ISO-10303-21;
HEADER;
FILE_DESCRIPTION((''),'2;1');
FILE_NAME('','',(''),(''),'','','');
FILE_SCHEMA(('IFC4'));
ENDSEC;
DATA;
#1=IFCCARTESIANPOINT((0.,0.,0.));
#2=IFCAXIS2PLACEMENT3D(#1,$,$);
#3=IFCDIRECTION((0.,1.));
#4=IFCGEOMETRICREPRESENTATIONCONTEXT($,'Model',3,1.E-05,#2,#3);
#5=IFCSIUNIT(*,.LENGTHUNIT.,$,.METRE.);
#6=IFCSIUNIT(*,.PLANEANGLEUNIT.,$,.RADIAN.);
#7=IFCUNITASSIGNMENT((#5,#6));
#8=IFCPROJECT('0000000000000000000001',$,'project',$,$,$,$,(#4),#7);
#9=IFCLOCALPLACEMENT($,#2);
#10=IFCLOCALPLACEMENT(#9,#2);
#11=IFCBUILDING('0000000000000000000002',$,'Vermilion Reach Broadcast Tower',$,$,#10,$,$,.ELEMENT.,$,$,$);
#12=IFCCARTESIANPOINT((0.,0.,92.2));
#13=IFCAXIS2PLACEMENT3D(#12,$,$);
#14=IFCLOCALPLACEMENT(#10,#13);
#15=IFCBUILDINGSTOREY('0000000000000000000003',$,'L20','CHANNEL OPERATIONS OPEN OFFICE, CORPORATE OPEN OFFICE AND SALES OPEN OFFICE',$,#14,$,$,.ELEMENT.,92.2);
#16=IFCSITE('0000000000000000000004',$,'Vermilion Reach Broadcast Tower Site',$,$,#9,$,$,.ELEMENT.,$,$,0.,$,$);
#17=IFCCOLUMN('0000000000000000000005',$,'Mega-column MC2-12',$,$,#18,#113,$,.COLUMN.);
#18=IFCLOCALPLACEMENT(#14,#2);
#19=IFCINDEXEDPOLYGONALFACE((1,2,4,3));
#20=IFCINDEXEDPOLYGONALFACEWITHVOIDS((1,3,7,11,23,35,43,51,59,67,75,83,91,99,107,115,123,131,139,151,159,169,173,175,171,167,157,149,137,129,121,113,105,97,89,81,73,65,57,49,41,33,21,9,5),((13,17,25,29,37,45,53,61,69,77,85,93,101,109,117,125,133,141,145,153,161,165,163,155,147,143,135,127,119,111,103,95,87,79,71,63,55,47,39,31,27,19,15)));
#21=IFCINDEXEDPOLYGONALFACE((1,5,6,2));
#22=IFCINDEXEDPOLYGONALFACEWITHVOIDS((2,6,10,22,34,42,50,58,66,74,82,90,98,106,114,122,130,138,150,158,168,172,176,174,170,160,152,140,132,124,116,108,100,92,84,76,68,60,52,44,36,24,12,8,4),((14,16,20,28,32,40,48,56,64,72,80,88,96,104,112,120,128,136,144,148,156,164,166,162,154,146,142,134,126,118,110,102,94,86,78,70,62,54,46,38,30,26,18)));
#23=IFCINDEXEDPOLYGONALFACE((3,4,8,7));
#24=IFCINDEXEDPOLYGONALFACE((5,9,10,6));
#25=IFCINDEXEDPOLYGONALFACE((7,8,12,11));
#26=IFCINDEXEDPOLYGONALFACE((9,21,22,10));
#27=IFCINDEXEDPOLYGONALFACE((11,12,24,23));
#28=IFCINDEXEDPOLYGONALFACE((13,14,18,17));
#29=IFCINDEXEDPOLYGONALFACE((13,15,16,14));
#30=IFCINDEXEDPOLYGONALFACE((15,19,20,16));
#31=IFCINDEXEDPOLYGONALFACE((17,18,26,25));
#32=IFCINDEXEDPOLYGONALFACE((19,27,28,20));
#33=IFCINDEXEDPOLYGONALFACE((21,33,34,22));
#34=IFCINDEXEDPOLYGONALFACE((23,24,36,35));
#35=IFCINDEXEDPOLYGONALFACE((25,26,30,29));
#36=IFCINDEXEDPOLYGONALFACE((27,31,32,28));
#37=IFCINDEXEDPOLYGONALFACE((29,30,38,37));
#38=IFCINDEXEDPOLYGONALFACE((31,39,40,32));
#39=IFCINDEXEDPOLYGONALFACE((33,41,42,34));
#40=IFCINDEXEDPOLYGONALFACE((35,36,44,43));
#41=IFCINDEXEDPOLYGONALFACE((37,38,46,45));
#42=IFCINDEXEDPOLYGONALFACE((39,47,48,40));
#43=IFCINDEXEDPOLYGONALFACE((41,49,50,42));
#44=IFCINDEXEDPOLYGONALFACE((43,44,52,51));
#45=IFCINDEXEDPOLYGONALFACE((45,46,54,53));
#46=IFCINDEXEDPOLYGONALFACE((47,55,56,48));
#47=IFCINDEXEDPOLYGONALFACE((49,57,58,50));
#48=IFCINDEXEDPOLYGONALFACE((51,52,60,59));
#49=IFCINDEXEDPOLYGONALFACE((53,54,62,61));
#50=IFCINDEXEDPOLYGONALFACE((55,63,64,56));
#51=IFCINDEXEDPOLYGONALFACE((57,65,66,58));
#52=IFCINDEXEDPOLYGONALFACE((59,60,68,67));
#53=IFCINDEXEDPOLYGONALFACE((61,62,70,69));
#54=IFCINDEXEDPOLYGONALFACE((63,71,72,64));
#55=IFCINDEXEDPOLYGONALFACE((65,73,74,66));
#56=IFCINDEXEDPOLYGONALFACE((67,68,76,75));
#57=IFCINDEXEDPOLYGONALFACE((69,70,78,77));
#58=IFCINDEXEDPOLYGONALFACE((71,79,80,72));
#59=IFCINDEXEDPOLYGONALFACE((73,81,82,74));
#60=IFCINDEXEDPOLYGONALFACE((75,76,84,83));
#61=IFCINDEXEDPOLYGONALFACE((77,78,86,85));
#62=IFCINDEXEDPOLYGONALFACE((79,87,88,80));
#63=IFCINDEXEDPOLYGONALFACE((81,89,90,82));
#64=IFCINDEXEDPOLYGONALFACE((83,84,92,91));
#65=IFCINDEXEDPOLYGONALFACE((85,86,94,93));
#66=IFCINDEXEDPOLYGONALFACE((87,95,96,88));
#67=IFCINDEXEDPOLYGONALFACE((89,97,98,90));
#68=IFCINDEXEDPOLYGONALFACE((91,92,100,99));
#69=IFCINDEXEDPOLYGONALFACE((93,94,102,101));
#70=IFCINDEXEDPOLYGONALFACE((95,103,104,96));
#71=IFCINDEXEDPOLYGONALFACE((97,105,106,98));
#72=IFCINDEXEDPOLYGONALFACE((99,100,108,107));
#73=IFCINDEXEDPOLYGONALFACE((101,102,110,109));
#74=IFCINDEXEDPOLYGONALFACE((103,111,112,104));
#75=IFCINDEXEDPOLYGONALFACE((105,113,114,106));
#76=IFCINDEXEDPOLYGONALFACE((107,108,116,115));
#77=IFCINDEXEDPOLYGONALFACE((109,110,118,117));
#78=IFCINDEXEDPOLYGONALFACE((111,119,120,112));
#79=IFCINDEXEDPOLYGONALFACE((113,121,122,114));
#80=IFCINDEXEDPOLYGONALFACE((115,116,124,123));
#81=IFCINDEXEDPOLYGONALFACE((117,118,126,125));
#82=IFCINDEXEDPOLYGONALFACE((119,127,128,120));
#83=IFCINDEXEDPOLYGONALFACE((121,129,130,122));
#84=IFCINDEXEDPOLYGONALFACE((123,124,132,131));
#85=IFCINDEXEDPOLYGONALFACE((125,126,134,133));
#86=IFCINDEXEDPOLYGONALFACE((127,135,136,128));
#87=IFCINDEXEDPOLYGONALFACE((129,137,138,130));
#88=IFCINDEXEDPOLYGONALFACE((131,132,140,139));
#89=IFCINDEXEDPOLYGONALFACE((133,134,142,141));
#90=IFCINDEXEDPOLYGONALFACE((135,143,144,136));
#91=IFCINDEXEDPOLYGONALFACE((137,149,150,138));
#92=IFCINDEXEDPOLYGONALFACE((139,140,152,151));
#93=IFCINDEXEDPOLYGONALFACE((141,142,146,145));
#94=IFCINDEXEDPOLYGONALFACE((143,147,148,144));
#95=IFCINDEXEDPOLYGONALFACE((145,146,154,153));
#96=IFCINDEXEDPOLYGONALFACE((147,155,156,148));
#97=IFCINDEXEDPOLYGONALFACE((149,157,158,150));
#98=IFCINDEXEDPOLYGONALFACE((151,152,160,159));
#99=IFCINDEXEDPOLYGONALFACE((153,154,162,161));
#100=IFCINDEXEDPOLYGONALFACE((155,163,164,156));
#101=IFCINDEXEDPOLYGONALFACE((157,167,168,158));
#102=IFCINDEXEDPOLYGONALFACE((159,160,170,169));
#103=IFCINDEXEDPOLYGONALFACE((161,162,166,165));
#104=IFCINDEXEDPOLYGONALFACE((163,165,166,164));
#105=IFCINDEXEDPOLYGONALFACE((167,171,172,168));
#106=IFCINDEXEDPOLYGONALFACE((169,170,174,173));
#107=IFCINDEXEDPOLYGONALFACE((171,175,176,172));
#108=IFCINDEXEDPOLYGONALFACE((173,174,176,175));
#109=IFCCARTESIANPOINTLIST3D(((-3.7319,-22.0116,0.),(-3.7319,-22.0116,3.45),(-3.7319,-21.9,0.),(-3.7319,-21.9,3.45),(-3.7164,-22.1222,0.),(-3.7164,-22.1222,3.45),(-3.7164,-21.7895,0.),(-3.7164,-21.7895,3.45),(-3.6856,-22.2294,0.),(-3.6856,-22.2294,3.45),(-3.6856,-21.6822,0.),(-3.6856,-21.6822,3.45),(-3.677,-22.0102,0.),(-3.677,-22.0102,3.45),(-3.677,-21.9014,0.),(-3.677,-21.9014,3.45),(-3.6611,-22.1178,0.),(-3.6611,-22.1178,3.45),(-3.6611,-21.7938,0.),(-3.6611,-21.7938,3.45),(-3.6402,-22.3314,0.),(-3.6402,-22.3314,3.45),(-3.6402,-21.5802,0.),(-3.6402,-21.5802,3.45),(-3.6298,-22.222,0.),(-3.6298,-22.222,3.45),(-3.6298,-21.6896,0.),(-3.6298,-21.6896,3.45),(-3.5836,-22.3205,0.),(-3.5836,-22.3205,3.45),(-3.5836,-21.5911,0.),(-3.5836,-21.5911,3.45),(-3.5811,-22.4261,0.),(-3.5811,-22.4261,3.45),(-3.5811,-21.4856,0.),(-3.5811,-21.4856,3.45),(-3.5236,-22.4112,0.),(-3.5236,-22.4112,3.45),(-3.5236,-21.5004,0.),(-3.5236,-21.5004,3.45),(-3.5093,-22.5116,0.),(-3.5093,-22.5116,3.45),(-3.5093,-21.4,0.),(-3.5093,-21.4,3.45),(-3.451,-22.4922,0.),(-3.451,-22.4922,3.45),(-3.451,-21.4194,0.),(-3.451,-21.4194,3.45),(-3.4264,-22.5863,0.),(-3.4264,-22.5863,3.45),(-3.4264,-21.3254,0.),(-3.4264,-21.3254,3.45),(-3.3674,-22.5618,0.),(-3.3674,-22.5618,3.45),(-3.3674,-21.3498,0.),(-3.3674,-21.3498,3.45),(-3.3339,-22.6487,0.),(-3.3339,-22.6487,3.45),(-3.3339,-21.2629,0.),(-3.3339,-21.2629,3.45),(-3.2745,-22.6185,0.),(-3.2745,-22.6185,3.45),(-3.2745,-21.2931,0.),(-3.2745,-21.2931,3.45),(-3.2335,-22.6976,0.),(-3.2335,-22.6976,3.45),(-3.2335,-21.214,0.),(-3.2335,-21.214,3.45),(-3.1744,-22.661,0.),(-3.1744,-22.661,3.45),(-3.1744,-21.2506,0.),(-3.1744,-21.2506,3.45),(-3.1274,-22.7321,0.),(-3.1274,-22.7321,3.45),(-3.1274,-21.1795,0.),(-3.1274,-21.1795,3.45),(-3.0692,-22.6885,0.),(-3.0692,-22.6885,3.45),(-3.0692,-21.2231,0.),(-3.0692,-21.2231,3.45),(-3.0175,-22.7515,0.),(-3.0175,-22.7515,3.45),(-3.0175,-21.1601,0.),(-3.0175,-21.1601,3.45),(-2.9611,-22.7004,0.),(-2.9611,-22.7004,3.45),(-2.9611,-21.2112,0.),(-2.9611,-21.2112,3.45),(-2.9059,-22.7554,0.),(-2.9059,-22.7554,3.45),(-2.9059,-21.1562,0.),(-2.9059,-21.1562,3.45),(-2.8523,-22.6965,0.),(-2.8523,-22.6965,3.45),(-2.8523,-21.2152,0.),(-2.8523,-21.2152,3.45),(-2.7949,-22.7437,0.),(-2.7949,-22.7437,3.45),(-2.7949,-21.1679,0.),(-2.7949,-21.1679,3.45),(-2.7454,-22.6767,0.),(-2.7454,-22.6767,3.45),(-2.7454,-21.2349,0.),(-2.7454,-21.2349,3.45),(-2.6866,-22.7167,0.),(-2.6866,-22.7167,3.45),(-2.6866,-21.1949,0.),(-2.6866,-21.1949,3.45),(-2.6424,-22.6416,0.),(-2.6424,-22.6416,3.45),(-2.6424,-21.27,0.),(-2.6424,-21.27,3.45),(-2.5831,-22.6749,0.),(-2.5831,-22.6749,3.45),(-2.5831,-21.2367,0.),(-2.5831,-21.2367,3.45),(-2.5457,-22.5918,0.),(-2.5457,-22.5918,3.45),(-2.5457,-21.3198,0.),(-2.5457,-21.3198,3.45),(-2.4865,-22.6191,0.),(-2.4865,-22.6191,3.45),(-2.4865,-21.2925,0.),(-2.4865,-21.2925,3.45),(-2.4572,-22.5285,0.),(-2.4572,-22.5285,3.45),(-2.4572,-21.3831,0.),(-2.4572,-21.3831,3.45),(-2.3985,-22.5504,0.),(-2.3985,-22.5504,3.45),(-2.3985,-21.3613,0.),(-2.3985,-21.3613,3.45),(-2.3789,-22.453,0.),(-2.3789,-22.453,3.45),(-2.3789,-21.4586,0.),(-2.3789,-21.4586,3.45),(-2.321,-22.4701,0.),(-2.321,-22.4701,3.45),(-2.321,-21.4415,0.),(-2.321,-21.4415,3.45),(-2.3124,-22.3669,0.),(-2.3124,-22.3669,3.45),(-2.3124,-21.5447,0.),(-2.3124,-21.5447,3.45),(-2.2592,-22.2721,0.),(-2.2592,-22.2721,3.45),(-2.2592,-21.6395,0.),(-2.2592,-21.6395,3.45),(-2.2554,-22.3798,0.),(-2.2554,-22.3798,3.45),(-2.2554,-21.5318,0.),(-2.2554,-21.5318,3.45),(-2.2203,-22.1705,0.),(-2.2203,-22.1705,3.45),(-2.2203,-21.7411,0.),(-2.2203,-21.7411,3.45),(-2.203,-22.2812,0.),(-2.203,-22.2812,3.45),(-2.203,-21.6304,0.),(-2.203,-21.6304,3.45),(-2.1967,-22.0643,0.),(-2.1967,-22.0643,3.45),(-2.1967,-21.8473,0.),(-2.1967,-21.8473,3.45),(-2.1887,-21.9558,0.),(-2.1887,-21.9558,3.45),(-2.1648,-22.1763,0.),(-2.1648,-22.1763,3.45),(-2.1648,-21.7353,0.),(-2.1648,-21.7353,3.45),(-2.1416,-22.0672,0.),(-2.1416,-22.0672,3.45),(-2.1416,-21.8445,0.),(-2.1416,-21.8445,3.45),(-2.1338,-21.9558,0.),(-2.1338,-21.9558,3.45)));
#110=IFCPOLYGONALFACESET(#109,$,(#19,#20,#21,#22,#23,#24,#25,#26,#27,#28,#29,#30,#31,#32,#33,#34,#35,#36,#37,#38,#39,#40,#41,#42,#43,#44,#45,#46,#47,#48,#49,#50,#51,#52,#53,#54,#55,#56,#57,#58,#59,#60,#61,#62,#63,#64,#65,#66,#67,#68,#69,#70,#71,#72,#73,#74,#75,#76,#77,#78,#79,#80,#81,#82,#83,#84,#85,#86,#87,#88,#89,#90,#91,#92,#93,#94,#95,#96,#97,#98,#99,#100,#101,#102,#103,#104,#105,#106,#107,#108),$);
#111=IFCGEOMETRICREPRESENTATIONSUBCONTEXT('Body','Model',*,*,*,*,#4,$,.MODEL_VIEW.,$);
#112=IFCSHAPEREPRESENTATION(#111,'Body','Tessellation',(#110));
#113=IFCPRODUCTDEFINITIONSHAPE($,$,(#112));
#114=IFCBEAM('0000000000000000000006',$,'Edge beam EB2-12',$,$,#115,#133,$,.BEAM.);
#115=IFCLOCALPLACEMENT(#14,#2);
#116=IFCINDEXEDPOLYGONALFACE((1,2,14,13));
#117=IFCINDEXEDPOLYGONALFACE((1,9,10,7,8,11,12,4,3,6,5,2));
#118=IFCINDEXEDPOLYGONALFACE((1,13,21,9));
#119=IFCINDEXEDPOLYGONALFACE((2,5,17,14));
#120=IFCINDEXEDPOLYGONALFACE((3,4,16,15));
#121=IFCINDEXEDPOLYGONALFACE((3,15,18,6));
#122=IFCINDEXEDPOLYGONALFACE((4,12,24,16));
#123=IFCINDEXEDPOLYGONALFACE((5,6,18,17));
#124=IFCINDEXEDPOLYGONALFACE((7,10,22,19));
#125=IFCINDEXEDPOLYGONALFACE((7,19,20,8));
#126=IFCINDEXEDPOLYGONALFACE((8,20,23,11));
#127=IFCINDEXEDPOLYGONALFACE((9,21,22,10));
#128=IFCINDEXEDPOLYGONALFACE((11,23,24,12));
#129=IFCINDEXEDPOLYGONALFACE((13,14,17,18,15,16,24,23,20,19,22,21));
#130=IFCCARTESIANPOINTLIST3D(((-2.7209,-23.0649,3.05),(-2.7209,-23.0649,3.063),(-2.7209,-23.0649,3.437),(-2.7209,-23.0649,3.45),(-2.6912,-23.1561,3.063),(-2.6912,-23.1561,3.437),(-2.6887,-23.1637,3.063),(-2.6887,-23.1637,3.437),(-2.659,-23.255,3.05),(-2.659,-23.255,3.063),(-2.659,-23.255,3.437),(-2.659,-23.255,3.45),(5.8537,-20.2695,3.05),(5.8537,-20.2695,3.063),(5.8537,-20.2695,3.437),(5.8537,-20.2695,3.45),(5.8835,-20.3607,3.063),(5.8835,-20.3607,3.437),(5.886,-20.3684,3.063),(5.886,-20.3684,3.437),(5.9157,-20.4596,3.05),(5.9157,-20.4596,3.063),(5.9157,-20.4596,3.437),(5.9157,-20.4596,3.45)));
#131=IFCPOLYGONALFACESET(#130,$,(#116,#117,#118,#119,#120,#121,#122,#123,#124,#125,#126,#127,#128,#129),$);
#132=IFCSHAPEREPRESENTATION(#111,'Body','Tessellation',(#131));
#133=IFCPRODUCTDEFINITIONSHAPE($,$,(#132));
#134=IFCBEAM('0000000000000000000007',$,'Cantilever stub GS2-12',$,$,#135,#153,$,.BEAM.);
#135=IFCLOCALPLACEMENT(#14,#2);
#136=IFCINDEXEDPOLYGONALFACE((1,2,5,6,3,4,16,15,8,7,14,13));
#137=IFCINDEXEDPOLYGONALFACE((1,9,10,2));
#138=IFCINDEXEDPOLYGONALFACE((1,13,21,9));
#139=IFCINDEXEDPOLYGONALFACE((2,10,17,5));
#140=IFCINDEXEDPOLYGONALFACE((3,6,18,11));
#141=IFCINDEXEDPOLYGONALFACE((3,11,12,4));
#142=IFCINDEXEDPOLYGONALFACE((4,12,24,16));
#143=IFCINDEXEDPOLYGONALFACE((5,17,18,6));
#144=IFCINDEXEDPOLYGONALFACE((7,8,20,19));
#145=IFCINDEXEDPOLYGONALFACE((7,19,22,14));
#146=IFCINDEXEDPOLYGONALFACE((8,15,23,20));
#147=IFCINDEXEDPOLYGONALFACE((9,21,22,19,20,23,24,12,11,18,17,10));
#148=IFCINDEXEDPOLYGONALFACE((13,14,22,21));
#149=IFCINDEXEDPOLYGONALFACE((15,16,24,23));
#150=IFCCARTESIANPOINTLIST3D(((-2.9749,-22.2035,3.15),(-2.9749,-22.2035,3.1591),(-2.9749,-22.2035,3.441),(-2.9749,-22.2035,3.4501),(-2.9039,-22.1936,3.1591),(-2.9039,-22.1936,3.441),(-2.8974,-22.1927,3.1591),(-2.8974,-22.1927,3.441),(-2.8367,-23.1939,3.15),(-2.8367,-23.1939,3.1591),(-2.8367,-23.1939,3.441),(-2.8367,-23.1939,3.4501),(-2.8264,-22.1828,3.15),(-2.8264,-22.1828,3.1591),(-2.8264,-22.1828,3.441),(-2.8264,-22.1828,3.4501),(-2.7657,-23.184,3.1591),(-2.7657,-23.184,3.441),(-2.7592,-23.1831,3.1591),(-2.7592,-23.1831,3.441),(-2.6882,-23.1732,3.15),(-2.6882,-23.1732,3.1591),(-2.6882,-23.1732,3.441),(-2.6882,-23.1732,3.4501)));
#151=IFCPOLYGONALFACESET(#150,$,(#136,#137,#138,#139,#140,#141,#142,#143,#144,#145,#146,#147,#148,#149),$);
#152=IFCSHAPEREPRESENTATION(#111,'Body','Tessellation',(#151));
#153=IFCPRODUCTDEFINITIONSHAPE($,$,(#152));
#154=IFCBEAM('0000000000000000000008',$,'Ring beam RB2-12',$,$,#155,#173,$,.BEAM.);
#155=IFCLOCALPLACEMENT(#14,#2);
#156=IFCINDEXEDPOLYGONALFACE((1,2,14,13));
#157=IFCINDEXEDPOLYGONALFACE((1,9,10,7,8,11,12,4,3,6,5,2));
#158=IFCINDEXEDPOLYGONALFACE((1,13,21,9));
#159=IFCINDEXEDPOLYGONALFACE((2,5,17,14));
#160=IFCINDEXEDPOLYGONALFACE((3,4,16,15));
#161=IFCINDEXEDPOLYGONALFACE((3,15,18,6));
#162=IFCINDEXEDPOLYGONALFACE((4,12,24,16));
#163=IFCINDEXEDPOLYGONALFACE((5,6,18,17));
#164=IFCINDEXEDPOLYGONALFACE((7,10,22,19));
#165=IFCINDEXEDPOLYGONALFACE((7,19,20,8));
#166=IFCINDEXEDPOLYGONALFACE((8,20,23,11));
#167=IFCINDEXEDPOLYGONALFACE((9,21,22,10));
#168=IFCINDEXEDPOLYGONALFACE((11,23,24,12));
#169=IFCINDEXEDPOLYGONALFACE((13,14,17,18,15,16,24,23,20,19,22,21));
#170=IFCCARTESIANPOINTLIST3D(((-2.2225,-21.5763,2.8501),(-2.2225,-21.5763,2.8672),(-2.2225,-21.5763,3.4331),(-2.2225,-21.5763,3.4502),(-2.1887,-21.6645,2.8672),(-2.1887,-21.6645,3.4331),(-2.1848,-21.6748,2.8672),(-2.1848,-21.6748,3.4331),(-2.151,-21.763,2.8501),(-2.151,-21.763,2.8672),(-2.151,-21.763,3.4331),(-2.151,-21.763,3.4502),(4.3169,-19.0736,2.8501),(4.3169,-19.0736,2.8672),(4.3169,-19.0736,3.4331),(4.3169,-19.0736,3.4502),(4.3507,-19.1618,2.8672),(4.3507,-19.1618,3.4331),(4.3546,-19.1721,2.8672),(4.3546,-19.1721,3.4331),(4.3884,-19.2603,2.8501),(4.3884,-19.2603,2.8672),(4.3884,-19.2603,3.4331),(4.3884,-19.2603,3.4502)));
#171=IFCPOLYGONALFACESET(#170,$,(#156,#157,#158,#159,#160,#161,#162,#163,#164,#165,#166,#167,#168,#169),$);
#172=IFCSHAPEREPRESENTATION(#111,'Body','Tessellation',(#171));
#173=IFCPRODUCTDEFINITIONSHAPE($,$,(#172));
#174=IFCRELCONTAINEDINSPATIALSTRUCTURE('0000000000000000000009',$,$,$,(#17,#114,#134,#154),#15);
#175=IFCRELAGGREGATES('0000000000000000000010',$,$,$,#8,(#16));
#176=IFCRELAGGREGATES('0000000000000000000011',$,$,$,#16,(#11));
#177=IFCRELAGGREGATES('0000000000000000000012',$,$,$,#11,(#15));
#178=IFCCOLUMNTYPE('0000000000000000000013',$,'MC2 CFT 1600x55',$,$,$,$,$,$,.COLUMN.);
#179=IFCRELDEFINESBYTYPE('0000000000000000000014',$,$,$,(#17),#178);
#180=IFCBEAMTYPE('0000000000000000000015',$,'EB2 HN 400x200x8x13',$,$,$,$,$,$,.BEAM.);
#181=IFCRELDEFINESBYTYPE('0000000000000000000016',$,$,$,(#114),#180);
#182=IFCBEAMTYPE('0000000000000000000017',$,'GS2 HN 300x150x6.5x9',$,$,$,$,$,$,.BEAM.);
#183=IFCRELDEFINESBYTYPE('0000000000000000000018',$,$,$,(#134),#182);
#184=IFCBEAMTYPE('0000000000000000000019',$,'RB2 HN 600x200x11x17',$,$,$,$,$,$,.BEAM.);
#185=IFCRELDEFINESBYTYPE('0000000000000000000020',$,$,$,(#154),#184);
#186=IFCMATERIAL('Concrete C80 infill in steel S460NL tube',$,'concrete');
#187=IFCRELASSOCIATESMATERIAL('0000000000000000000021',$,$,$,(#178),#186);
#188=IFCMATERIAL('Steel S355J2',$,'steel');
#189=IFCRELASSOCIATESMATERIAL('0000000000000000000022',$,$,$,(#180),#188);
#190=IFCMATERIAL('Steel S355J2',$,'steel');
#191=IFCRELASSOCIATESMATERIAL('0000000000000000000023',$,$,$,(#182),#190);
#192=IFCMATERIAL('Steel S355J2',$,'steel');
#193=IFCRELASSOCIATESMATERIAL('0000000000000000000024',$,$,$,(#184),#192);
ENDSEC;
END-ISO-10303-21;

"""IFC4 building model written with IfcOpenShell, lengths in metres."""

from ifc_helpers import new_model, si_unit, direction, frame, origin, origin_2d, place, context, subcontext, project, spatial, hollow_circle, i_section, extrude, material, material_profile, profile_set, type_object, element, save


model = new_model("IFC4")

# Units and contexts
model_context = context("Model", 3, precision=1e-05, world=origin(), true_north=direction((0.0, 1.0)))
body_context = subcontext(model_context, "Body", "Model", "MODEL_VIEW")
ifc_project = project(units=[si_unit("LENGTHUNIT", "METRE"), si_unit("PLANEANGLEUNIT", "RADIAN")], contexts=[model_context])

# Site, building, storey
site_placement = place(None, origin())
site = spatial("IfcSite", under=ifc_project, at=site_placement, Name="Vermilion Reach Broadcast Tower Site", CompositionType="ELEMENT", RefElevation=0.0)
building_placement = place(site_placement, origin())
building = spatial("IfcBuilding", under=site, at=building_placement, Name="Vermilion Reach Broadcast Tower", CompositionType="ELEMENT")
storey_placement = place(building_placement, frame((0.0, 0.0, 92.2)))
storey = spatial("IfcBuildingStorey", under=building, at=storey_placement, Name="L20", Description="CHANNEL OPERATIONS OPEN OFFICE, CORPORATE OPEN OFFICE AND SALES OPEN OFFICE", CompositionType="ELEMENT", Elevation=92.2)

# Column
ifc_material_1 = material(Name="Concrete C80 infill in steel S460NL tube", Category="concrete")
ifc_material_profile_1 = material_profile(ifc_material_1, hollow_circle(Radius=0.8, WallThickness=0.0549, at=origin_2d()), Name="Concrete C80 infill in steel S460NL tube CFT 1600x55")
ifc_profile_set_1 = profile_set([ifc_material_profile_1], Name="Concrete C80 infill in steel S460NL tube")
column_type = type_object("IfcColumnType", Name="MC2 CFT 1600x55", PredefinedType="COLUMN", material=ifc_profile_set_1)
column_placement = place(storey_placement, frame((-2.9338, -21.9558, 0.0), z_axis=(0.0, 0.0, 1.0), x_axis=(1.0, 0.0, 0.0)))
element("IfcColumn", 1, at=column_placement, inside=storey, type_object=column_type, Name="Mega-column MC2-12", PredefinedType="COLUMN", context=body_context, shape_type="SweptSolid", body=[
    extrude(hollow_circle(Radius=0.8, WallThickness=0.0549, at=origin_2d()), origin(), (0.0, 0.0, 1.0), 3.45),
])

# Beams
ifc_material_2 = material(Name="Steel S355J2", Category="steel")
ifc_material_profile_2 = material_profile(ifc_material_2, i_section(OverallWidth=0.2, OverallDepth=0.3999, WebThickness=0.0081, FlangeThickness=0.0129, at=origin_2d()), Name="S355J2 HN 400x200x8x13")
ifc_profile_set_2 = profile_set([ifc_material_profile_2], Name="Steel S355J2")
beam_type_1 = type_object("IfcBeamType", Name="EB2 HN 400x200x8x13", PredefinedType="BEAM", material=ifc_profile_set_2)
beam_1_placement = place(storey_placement, frame((-2.6899, -23.1599, 3.25), z_axis=(0.950752, 0.309951, 0.0), x_axis=(-0.309951, 0.950752, 0.0)))
element("IfcBeam", 2, at=beam_1_placement, inside=storey, type_object=beam_type_1, Name="Edge beam EB2-12", PredefinedType="BEAM", context=body_context, shape_type="SweptSolid", body=[
    extrude(i_section(OverallWidth=0.2, OverallDepth=0.3999, WebThickness=0.0081, FlangeThickness=0.0129, at=origin_2d()), origin(), (0.0, 0.0, 1.0), 9.0188),
])
ifc_material_3 = material(Name="Steel S355J2", Category="steel")
ifc_material_profile_3 = material_profile(ifc_material_3, i_section(OverallWidth=0.1499, OverallDepth=0.3, WebThickness=0.0066, FlangeThickness=0.009, at=origin_2d()), Name="S355J2 HN 300x150x6.5x9")
ifc_profile_set_3 = profile_set([ifc_material_profile_3], Name="Steel S355J2")
beam_type_2 = type_object("IfcBeamType", Name="GS2 HN 300x150x6.5x9", PredefinedType="BEAM", material=ifc_profile_set_3)
beam_2_placement = place(storey_placement, frame((-2.9006, -22.1931, 3.3), z_axis=(0.138174, -0.990408, 0.0), x_axis=(0.990408, 0.138174, 0.0)))
element("IfcBeam", 3, at=beam_2_placement, inside=storey, type_object=beam_type_2, Name="Cantilever stub GS2-12", PredefinedType="BEAM", context=body_context, shape_type="SweptSolid", body=[
    extrude(i_section(OverallWidth=0.1499, OverallDepth=0.3, WebThickness=0.0066, FlangeThickness=0.009, at=origin_2d()), origin(), (0.0, 0.0, 1.0), 1.0),
])
ifc_material_4 = material(Name="Steel S355J2", Category="steel")
ifc_material_profile_4 = material_profile(ifc_material_4, i_section(OverallWidth=0.2, OverallDepth=0.6001, WebThickness=0.011, FlangeThickness=0.0171, at=origin_2d()), Name="S355J2 HN 600x200x11x17")
ifc_profile_set_4 = profile_set([ifc_material_profile_4], Name="Steel S355J2")
beam_type_3 = type_object("IfcBeamType", Name="RB2 HN 600x200x11x17", PredefinedType="BEAM", material=ifc_profile_set_4)
beam_3_placement = place(storey_placement, frame((-2.1868, -21.6697, 3.1501), z_axis=(0.933939, 0.357432, 0.0), x_axis=(-0.357432, 0.933939, 0.0)))
element("IfcBeam", 4, at=beam_3_placement, inside=storey, type_object=beam_type_3, Name="Ring beam RB2-12", PredefinedType="BEAM", context=body_context, shape_type="SweptSolid", body=[
    extrude(i_section(OverallWidth=0.2, OverallDepth=0.6001, WebThickness=0.011, FlangeThickness=0.0171, at=origin_2d()), origin(), (0.0, 0.0, 1.0), 7.002),
])

save(model, "model.ifc")
